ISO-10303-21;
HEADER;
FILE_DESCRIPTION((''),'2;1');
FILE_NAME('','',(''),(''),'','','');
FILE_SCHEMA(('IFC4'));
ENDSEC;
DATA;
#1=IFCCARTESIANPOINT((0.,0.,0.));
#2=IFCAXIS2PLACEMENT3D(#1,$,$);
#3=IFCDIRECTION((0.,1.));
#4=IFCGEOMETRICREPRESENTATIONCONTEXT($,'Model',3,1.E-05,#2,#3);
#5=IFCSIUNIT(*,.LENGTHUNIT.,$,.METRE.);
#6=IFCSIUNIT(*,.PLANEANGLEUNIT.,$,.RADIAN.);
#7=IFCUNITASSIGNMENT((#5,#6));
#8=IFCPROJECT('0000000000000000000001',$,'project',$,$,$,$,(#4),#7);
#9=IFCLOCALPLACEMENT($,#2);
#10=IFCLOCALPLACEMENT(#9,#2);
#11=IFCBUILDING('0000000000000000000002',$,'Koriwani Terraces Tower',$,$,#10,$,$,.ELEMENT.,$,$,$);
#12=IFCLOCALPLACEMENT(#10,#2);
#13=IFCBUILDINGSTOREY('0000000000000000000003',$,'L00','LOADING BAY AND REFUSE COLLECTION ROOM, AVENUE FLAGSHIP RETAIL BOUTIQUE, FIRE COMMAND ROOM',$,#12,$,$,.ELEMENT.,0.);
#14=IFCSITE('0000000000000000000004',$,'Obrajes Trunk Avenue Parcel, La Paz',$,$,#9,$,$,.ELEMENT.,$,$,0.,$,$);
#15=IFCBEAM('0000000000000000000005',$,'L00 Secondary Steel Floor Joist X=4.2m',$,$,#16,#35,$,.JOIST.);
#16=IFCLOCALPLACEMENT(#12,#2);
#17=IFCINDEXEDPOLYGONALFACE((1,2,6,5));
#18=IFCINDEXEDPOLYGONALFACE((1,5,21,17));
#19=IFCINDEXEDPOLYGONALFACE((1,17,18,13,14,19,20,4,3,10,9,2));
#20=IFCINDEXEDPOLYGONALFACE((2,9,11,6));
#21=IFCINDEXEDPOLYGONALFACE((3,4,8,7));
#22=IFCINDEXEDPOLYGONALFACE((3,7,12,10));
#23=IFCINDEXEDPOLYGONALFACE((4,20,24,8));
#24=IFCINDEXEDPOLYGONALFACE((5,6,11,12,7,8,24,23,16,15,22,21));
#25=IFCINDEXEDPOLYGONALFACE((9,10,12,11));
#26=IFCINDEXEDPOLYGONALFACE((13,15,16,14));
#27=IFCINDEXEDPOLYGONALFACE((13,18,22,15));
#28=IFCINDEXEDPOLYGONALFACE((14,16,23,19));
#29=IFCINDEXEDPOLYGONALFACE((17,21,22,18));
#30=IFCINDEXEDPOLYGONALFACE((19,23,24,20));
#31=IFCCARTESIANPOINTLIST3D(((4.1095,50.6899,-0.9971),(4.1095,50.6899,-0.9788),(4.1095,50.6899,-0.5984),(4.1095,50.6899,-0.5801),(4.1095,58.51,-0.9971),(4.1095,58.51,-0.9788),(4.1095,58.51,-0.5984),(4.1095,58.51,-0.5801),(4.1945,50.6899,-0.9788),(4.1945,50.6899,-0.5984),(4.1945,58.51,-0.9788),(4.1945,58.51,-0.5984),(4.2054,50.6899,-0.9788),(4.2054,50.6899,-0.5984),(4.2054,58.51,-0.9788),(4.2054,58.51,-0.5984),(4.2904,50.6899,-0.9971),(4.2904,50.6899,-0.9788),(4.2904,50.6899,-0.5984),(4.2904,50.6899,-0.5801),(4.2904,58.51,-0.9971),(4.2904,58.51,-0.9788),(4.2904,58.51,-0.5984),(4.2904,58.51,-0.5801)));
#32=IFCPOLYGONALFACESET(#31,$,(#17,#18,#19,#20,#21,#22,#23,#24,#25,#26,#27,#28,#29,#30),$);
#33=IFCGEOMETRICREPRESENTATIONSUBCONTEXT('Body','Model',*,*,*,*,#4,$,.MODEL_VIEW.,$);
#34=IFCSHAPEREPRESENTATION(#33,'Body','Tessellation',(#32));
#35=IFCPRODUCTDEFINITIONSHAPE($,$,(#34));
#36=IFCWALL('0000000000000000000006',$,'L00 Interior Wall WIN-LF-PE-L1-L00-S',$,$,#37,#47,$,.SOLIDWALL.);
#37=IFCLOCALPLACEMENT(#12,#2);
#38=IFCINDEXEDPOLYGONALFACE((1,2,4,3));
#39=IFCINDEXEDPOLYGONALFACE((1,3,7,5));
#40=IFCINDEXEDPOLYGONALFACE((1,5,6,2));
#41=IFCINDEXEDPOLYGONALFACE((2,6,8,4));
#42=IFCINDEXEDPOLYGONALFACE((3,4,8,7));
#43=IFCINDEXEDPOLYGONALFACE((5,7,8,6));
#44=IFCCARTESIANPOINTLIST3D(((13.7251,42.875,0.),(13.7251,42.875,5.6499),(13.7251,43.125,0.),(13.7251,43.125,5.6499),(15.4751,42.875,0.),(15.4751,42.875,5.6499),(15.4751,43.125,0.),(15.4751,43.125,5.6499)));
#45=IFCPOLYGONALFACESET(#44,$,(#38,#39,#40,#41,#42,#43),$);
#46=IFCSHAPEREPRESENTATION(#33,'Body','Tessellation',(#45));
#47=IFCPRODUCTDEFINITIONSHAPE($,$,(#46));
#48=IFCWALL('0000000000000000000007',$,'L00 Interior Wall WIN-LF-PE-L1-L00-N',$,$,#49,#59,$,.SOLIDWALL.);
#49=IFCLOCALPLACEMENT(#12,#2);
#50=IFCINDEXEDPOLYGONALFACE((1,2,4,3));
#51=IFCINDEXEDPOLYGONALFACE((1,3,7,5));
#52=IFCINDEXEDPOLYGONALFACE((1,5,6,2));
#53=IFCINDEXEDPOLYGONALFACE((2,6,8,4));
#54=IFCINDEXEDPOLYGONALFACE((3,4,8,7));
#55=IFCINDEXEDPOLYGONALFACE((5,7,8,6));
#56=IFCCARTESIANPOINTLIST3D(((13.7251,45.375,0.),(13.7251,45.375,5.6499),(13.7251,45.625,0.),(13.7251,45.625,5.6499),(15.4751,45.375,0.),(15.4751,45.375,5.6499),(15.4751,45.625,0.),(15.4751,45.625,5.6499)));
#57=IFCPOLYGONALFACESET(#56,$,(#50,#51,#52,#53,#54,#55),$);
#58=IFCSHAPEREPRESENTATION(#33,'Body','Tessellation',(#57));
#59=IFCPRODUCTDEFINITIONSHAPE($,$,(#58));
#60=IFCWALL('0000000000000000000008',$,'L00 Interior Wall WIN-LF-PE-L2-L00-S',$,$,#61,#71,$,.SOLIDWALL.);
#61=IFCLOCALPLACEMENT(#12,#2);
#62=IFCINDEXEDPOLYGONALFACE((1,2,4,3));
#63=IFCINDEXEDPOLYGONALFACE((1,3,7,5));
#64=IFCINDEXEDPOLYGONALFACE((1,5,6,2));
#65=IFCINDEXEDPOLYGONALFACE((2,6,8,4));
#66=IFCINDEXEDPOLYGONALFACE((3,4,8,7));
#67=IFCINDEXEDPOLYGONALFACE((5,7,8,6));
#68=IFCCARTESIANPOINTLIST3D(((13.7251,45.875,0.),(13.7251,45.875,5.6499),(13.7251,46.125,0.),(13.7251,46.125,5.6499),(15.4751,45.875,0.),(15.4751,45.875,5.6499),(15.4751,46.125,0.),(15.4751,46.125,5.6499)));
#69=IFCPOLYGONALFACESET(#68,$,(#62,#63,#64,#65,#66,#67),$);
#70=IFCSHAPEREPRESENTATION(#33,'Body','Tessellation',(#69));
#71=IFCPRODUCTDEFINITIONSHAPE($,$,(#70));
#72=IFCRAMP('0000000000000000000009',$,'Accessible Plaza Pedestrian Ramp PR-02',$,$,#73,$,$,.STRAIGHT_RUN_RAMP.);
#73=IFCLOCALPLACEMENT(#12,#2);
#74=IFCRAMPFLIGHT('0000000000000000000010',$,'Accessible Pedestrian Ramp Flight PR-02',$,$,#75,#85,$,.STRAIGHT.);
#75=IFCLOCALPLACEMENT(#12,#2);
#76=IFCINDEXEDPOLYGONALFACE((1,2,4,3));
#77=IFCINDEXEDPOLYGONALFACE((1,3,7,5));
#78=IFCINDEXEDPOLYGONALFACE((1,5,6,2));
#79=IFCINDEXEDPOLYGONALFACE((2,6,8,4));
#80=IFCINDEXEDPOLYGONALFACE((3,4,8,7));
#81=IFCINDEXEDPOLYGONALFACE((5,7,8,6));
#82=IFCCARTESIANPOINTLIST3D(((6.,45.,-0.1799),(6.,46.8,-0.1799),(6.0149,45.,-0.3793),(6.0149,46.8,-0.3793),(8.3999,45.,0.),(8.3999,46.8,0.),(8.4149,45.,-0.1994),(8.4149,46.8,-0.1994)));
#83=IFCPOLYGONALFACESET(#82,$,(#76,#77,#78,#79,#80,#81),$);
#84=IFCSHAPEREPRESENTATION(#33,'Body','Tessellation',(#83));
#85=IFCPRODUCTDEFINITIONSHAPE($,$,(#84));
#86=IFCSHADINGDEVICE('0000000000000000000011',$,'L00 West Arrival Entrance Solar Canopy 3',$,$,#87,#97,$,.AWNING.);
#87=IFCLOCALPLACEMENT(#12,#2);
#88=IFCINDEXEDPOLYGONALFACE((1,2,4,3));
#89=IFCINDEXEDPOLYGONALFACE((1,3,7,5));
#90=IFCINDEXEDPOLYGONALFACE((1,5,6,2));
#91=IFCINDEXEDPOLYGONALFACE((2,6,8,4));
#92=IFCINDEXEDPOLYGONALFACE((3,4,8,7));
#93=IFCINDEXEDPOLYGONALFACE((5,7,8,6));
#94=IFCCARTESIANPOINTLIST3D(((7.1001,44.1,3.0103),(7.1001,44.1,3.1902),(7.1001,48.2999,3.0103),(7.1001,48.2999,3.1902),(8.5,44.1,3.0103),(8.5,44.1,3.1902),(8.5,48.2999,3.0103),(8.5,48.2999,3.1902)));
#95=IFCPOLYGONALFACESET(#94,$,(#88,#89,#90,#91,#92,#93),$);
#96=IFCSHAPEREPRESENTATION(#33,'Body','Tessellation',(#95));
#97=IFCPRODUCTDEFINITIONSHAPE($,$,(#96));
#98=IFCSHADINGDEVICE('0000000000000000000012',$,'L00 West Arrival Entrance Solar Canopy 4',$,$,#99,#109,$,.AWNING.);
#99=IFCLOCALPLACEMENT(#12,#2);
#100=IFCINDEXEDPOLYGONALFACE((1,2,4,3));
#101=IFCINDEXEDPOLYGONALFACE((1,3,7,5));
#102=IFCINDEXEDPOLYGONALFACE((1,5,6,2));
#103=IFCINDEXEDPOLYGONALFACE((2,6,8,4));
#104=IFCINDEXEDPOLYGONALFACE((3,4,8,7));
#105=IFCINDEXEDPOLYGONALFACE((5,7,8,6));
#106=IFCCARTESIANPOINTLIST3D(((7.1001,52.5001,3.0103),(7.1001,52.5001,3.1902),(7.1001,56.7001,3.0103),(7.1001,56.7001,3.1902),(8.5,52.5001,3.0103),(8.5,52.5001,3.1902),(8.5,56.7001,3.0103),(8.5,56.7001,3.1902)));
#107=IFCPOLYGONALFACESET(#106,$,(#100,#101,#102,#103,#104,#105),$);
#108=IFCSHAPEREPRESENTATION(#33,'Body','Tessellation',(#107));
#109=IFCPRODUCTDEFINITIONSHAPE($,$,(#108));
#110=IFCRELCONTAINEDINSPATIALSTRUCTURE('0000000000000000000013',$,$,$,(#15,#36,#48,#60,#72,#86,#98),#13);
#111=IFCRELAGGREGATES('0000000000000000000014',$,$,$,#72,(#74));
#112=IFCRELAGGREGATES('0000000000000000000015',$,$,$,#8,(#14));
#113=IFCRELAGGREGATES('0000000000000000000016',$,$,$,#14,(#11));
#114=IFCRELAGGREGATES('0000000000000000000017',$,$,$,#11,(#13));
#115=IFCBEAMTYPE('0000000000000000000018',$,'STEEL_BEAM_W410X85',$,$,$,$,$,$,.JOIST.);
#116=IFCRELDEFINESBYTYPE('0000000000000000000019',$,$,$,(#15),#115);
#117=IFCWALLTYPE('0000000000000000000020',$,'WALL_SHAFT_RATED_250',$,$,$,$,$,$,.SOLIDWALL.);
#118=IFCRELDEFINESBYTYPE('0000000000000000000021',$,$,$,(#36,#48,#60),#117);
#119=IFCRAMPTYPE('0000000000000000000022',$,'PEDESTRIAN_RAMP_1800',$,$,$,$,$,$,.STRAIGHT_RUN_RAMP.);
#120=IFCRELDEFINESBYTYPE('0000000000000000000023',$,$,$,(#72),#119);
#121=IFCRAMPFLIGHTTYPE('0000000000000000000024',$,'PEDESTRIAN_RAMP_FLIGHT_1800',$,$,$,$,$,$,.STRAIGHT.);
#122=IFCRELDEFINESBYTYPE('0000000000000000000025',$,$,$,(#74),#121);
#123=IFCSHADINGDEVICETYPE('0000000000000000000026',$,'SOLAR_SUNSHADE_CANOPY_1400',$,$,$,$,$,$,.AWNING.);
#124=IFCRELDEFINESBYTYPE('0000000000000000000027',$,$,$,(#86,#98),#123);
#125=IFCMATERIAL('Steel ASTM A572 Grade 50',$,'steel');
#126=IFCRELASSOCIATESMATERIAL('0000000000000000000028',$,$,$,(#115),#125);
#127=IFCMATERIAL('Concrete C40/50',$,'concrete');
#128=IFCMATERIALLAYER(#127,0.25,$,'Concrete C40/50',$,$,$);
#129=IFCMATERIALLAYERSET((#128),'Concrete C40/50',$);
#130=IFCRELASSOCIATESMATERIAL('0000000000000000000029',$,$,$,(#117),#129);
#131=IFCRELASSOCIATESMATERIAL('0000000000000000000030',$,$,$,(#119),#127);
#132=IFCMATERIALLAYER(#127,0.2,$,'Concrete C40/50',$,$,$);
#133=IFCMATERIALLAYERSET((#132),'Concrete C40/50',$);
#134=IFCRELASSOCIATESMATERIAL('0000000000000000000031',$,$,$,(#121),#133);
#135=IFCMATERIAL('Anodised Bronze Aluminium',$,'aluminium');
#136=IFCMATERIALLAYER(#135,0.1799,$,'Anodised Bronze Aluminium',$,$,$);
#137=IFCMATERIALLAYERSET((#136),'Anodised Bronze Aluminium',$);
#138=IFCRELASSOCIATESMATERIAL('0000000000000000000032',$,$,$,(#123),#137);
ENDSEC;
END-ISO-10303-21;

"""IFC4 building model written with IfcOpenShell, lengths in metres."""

from ifc_helpers import new_model, si_unit, direction, frame, frame_2d, origin, origin_2d, place, context, subcontext, project, spatial, polyline, rectangle, i_section, outline, extrude, material, layer, layer_set, material_profile, profile_set, type_object, element, aggregate, save


model = new_model("IFC4")

# Units and contexts
model_context = context("Model", 3, precision=1e-05, world=origin(), true_north=direction((0.0, 1.0)))
body_context = subcontext(model_context, "Body", "Model", "MODEL_VIEW")
ifc_project = project(units=[si_unit("LENGTHUNIT", "METRE"), si_unit("PLANEANGLEUNIT", "RADIAN")], contexts=[model_context])

# Site, building, storey
site_placement = place(None, origin())
site = spatial("IfcSite", under=ifc_project, at=site_placement, Name="Obrajes Trunk Avenue Parcel, La Paz", CompositionType="ELEMENT", RefElevation=0.0)
building_placement = place(site_placement, origin())
building = spatial("IfcBuilding", under=site, at=building_placement, Name="Koriwani Terraces Tower", CompositionType="ELEMENT")
storey_placement = place(building_placement, origin())
storey = spatial("IfcBuildingStorey", under=building, at=storey_placement, Name="L00", Description="LOADING BAY AND REFUSE COLLECTION ROOM, AVENUE FLAGSHIP RETAIL BOUTIQUE, FIRE COMMAND ROOM", CompositionType="ELEMENT", Elevation=0.0)

# Beam
ifc_material_1 = material(Name="Steel ASTM A572 Grade 50", Category="steel")
ifc_material_profile_1 = material_profile(ifc_material_1, i_section(OverallWidth=0.1809, OverallDepth=0.417, WebThickness=0.011, FlangeThickness=0.0183, at=origin_2d()), Name="Steel ASTM A572 Grade 50", Category="LoadBearing")
ifc_profile_set_1 = profile_set([ifc_material_profile_1], Name="Steel ASTM A572 Grade 50")
beam_type_1 = type_object("IfcBeamType", Name="STEEL_BEAM_W410X85", PredefinedType="JOIST", material=ifc_profile_set_1)
beam_1_placement = place(storey_placement, frame((4.2, 50.6899, -0.7886), z_axis=(0.0, 1.0, 0.0), x_axis=(-1.0, 0.0, 0.0)))
element("IfcBeam", 1, at=beam_1_placement, inside=storey, type_object=beam_type_1, Name="L00 Secondary Steel Floor Joist X=4.2m", PredefinedType="JOIST", context=body_context, shape_type="SweptSolid", body=[
    extrude(i_section(OverallWidth=0.1809, OverallDepth=0.417, WebThickness=0.011, FlangeThickness=0.0183, at=origin_2d()), origin(), (0.0, 0.0, 1.0), 7.8201),
])

# Shared definitions
ifc_material_2 = material(Name="Concrete C40/50", Category="concrete")
ifc_layer_1 = layer(ifc_material_2, 0.25, Name="Concrete C40/50")
ifc_layer_set_1 = layer_set([ifc_layer_1], Name="Concrete C40/50")
wall_type = type_object("IfcWallType", Name="WALL_SHAFT_RATED_250", PredefinedType="SOLIDWALL", material=ifc_layer_set_1)

# Walls
for number, where, z_axis, x_axis, name in (
    (2, (13.7251, 43.0, 0.0), (0.0, 0.0, 1.0), (1.0, 0.0, 0.0), "L00 Interior Wall WIN-LF-PE-L1-L00-S"),
    (3, (13.7251, 45.5, 0.0), (0.0, 0.0, 1.0), (1.0, 0.0, 0.0), "L00 Interior Wall WIN-LF-PE-L1-L00-N"),
):
    element("IfcWall", number, at=place(storey_placement, frame(where, z_axis=z_axis, x_axis=x_axis)), inside=storey, type_object=wall_type, Name=name, PredefinedType="SOLIDWALL", context=body_context, shape_type="SweptSolid", body=[
        extrude(rectangle(XDim=1.75, YDim=0.25, at=frame_2d((0.875, 0.0))), origin(), (0.0, 0.0, 1.0), 5.6499),
    ])

# Wall
wall_1_placement = place(storey_placement, frame((13.7251, 46.0, 0.0), z_axis=(0.0, 0.0, 1.0), x_axis=(1.0, 0.0, 0.0)))
element("IfcWall", 4, at=wall_1_placement, inside=storey, type_object=wall_type, Name="L00 Interior Wall WIN-LF-PE-L2-L00-S", PredefinedType="SOLIDWALL", context=body_context, shape_type="SweptSolid", body=[
    extrude(rectangle(XDim=1.75, YDim=0.25, at=frame_2d((0.875, 0.0))), origin(), (0.0, 0.0, 1.0), 5.6499),
])

# Ramp, ramp flight
ramp_type = type_object("IfcRampType", Name="PEDESTRIAN_RAMP_1800", PredefinedType="STRAIGHT_RUN_RAMP", material=ifc_material_2)
ramp_placement = place(storey_placement, origin())
ramp = element("IfcRamp", 5, at=ramp_placement, inside=storey, type_object=ramp_type, Name="Accessible Plaza Pedestrian Ramp PR-02", PredefinedType="STRAIGHT_RUN_RAMP")
ifc_layer_2 = layer(ifc_material_2, 0.2, Name="Concrete C40/50")
ifc_layer_set_2 = layer_set([ifc_layer_2], Name="Concrete C40/50")
ramp_flight_type = type_object("IfcRampFlightType", Name="PEDESTRIAN_RAMP_FLIGHT_1800", PredefinedType="STRAIGHT", material=ifc_layer_set_2)
ramp_flight_placement = place(storey_placement, frame((6.0, 45.0, -0.1799), z_axis=(-0.074765, 0.0, 0.997201), x_axis=(0.997201, 0.0, 0.074765)))
ramp_flight = element("IfcRampFlight", 6, at=ramp_flight_placement, type_object=ramp_flight_type, Name="Accessible Pedestrian Ramp Flight PR-02", PredefinedType="STRAIGHT", context=body_context, shape_type="SweptSolid", body=[
    extrude(outline(polyline([(0.0, 0.0), (2.4066, 0.0), (2.4066, 1.8), (0.0, 1.8), (0.0, 0.0)])), origin(), (0.0, 0.0, -1.0), 0.2),
])
aggregate(ramp, [ramp_flight])

# Shading devices
ifc_material_3 = material(Name="Anodised Bronze Aluminium", Category="aluminium")
ifc_layer_3 = layer(ifc_material_3, 0.1799, Name="Anodised Bronze Aluminium")
ifc_layer_set_3 = layer_set([ifc_layer_3], Name="Anodised Bronze Aluminium")
shading_device_type = type_object("IfcShadingDeviceType", Name="SOLAR_SUNSHADE_CANOPY_1400", PredefinedType="AWNING", material=ifc_layer_set_3)
for number, where, z_axis, x_axis, name in (
    (7, (7.8, 46.2, 3.0103), (0.0, 0.0, 1.0), (1.0, 0.0, 0.0), "L00 West Arrival Entrance Solar Canopy 3"),
    (8, (7.8, 54.6001, 3.0103), (0.0, 0.0, 1.0), (1.0, 0.0, 0.0), "L00 West Arrival Entrance Solar Canopy 4"),
):
    element("IfcShadingDevice", number, at=place(storey_placement, frame(where, z_axis=z_axis, x_axis=x_axis)), inside=storey, type_object=shading_device_type, Name=name, PredefinedType="AWNING", context=body_context, shape_type="SweptSolid", body=[
        extrude(rectangle(XDim=1.3999, YDim=4.2, at=origin_2d()), origin(), (0.0, 0.0, 1.0), 0.1799),
    ])

save(model, "model.ifc")
